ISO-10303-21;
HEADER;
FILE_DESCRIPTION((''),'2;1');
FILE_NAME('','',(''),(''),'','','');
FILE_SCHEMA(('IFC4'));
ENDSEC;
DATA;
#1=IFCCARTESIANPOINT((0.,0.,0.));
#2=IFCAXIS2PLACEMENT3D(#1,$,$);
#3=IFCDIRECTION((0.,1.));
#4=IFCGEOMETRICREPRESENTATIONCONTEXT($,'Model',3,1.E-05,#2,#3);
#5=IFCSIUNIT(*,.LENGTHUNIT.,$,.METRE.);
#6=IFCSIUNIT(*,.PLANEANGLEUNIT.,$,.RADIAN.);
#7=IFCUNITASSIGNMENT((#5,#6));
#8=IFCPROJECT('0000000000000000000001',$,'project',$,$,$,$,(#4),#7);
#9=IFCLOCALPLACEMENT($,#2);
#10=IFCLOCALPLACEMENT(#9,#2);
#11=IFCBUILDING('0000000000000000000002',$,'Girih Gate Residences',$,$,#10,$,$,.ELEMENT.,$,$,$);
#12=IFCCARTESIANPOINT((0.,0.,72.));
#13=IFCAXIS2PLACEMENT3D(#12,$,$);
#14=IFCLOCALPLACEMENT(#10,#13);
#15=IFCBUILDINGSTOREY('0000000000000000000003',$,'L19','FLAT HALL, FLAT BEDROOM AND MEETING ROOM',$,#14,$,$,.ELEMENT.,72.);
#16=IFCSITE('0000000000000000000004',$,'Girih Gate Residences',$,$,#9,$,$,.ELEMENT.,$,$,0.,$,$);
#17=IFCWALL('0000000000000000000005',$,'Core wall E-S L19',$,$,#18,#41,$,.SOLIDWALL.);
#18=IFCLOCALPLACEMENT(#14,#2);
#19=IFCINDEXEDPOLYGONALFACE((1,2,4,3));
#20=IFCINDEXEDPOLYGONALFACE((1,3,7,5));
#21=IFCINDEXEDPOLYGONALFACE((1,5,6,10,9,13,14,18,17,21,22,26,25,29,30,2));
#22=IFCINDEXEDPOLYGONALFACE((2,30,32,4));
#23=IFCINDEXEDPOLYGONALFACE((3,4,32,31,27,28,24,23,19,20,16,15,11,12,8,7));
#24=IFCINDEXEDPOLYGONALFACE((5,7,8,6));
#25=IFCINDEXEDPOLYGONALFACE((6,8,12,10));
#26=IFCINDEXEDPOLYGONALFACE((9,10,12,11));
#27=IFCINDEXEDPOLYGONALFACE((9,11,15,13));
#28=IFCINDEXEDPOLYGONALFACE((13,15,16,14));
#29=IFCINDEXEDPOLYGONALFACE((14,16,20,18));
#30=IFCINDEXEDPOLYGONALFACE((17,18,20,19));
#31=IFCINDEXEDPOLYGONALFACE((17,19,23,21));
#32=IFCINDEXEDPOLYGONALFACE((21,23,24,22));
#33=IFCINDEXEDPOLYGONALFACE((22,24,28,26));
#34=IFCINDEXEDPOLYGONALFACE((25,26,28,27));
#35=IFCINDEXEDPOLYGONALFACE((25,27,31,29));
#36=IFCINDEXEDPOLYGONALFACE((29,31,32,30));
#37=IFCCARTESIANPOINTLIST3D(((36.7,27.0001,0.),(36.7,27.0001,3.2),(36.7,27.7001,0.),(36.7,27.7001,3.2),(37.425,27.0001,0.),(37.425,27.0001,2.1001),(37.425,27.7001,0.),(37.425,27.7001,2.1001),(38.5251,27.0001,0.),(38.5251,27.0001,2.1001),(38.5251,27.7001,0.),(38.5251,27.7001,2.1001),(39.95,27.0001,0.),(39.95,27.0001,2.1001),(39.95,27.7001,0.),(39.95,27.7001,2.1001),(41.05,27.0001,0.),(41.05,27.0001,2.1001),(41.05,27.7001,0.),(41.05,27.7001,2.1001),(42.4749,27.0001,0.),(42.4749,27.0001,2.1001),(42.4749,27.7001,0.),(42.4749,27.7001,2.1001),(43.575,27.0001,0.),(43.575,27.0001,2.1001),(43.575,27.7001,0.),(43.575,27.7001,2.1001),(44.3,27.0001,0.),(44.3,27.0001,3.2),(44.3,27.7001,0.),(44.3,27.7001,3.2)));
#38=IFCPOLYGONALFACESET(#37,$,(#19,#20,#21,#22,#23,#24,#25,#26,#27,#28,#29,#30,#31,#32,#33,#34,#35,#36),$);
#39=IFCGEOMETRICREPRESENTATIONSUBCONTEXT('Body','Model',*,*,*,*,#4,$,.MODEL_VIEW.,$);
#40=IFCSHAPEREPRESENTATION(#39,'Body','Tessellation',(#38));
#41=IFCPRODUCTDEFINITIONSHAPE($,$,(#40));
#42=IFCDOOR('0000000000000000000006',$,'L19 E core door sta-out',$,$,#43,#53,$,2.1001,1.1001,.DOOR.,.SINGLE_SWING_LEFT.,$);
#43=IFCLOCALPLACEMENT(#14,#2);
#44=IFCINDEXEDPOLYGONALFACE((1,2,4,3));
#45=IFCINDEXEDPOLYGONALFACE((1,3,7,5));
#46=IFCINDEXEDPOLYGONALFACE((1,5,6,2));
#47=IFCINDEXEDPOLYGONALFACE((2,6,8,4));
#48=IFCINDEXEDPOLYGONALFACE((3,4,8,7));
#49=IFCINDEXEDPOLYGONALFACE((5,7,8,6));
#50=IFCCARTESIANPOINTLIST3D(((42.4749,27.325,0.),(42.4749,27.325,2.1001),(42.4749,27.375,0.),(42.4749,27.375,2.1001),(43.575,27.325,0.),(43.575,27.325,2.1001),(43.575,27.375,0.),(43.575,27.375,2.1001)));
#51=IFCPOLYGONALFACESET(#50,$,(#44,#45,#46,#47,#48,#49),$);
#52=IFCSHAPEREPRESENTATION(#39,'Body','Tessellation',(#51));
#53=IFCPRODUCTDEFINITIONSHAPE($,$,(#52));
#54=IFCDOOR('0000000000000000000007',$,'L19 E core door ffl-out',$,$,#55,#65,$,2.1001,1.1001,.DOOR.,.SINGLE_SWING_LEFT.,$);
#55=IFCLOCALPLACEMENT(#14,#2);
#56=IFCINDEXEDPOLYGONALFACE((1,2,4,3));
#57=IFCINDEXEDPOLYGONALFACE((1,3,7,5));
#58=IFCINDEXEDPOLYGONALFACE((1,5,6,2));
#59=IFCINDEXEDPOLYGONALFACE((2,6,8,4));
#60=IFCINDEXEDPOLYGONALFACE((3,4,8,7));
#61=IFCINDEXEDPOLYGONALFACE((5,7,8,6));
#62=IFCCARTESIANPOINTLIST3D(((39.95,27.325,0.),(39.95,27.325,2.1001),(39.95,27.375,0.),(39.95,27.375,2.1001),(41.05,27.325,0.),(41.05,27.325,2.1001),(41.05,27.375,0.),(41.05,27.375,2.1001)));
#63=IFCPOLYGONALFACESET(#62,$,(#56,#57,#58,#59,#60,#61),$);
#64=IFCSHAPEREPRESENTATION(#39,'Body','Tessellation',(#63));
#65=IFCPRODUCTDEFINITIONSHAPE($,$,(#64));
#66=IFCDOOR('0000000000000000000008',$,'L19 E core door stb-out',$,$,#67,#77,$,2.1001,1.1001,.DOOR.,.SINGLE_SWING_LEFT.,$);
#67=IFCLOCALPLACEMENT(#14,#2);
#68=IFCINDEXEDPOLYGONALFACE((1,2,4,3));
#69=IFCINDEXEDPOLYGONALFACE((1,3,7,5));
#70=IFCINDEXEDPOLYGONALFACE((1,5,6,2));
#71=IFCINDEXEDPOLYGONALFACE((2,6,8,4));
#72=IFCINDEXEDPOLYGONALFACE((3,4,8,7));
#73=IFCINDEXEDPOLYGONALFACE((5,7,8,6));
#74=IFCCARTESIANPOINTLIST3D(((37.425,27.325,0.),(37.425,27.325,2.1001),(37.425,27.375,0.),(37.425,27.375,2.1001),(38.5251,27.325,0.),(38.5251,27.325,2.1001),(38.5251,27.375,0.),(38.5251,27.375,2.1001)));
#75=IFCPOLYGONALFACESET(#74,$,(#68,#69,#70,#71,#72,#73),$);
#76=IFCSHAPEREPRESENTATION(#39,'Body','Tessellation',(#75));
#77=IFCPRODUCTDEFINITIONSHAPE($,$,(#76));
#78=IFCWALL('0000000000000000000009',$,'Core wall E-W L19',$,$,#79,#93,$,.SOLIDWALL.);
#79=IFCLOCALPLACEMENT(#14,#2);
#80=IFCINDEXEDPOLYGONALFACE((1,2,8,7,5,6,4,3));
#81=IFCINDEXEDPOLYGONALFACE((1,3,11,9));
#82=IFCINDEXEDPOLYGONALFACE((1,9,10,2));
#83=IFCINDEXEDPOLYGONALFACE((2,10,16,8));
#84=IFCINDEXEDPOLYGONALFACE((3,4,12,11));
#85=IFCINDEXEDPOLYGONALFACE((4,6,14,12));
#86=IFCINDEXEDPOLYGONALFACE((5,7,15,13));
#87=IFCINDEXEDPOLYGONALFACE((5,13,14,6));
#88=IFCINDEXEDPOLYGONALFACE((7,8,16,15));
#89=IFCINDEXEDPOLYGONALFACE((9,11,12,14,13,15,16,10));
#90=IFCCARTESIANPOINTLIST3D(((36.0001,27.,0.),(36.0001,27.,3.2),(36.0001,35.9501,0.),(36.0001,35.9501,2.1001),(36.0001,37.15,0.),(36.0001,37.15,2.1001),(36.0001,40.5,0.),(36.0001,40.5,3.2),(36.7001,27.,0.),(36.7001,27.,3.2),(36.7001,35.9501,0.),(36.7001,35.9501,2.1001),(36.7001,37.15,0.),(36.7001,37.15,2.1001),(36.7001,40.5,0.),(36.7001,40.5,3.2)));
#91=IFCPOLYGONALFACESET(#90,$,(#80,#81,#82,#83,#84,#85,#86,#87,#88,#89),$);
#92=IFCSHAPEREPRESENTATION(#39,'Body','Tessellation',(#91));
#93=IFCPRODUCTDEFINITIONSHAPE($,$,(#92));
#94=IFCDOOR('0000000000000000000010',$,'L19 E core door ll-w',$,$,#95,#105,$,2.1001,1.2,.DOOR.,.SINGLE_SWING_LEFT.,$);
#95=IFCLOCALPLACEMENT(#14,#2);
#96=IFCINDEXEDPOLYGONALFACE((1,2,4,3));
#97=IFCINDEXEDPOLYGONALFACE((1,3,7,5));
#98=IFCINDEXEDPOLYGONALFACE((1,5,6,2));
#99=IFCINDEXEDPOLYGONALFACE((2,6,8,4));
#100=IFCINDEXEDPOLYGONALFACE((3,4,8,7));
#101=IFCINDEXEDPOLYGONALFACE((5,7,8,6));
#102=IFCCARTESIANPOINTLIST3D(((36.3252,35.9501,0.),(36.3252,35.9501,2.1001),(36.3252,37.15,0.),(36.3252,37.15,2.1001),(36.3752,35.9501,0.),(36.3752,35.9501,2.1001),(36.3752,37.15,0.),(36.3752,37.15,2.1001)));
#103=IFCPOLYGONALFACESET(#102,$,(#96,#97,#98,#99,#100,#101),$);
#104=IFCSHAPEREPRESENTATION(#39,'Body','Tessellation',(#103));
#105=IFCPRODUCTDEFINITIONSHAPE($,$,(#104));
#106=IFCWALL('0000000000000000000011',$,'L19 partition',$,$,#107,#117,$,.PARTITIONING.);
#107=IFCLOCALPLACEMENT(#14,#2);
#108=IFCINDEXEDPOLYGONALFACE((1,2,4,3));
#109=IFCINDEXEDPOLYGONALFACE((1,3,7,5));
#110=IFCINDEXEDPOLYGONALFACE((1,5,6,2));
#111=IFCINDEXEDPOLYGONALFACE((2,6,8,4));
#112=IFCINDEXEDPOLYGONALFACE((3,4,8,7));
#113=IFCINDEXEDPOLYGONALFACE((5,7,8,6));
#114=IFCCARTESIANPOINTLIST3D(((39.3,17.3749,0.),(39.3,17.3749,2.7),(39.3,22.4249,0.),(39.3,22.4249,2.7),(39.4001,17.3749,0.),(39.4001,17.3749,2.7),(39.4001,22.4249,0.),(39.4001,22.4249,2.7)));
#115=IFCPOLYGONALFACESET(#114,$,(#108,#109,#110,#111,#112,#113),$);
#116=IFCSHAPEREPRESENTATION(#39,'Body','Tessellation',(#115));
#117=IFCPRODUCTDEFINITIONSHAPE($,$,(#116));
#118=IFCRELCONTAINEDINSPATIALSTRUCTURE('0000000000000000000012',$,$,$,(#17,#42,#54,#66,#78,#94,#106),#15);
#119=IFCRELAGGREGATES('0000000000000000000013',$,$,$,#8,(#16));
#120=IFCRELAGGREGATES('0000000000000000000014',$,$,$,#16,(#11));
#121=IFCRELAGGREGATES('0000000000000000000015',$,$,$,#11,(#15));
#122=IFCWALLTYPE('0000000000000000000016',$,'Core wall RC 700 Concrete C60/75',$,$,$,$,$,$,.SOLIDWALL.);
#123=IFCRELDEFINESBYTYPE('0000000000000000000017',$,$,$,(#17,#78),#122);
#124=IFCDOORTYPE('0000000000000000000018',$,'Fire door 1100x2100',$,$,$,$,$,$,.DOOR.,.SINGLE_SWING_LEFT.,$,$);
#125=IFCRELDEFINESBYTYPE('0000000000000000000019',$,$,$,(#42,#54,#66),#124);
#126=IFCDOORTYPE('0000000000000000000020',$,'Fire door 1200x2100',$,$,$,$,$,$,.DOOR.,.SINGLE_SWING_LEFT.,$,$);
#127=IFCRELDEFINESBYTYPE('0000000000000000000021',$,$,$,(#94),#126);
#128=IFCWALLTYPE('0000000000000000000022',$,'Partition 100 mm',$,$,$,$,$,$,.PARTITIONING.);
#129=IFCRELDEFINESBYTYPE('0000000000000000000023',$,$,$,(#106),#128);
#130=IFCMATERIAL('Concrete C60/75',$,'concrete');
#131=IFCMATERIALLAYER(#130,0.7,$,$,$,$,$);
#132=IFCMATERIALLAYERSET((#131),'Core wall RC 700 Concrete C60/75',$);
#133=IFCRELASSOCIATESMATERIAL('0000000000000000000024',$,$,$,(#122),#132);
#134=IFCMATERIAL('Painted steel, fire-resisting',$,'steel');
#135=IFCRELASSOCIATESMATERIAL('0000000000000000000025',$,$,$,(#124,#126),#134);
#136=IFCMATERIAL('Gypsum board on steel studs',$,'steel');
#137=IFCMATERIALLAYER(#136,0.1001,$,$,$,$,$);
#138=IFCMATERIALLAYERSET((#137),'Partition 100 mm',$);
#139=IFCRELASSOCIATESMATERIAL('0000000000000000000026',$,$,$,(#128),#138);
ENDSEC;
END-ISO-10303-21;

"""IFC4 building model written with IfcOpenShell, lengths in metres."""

from ifc_helpers import new_model, si_unit, direction, frame, frame_2d, origin, place, context, subcontext, project, spatial, rectangle, extrude, material, layer, layer_set, type_object, element, fill, save


model = new_model("IFC4")

# Units and contexts
model_context = context("Model", 3, precision=1e-05, world=origin(), true_north=direction((0.0, 1.0)))
body_context = subcontext(model_context, "Body", "Model", "MODEL_VIEW")
ifc_project = project(units=[si_unit("LENGTHUNIT", "METRE"), si_unit("PLANEANGLEUNIT", "RADIAN")], contexts=[model_context])

# Site, building, storey
site_placement = place(None, origin())
site = spatial("IfcSite", under=ifc_project, at=site_placement, Name="Girih Gate Residences", CompositionType="ELEMENT", RefElevation=0.0)
building_placement = place(site_placement, origin())
building = spatial("IfcBuilding", under=site, at=building_placement, Name="Girih Gate Residences", CompositionType="ELEMENT")
storey_placement = place(building_placement, frame((0.0, 0.0, 72.0)))
storey = spatial("IfcBuildingStorey", under=building, at=storey_placement, Name="L19", Description="FLAT HALL, FLAT BEDROOM AND MEETING ROOM", CompositionType="ELEMENT", Elevation=72.0)

# Shared definitions
ifc_material_1 = material(Name="Concrete C60/75", Category="concrete")

# Shared definitions
ifc_material_2 = material(Name="Gypsum board on steel studs", Category="steel")

# Wall, openings, doors
ifc_layer_1 = layer(ifc_material_1, 0.7)
ifc_layer_set_1 = layer_set([ifc_layer_1], Name="Core wall RC 700 Concrete C60/75")
wall_type_1 = type_object("IfcWallType", Name="Core wall RC 700 Concrete C60/75", PredefinedType="SOLIDWALL", material=ifc_layer_set_1)
wall_1_placement = place(storey_placement, frame((36.7, 27.3501, 0.0), z_axis=(0.0, 0.0, 1.0), x_axis=(1.0, 0.0, 0.0)))
wall_1 = element("IfcWall", 1, at=wall_1_placement, inside=storey, type_object=wall_type_1, Name="Core wall E-S L19", PredefinedType="SOLIDWALL", context=body_context, shape_type="SweptSolid", body=[
    extrude(rectangle(XDim=7.6001, YDim=0.7, at=frame_2d((3.8, 0.0))), origin(), (0.0, 0.0, 1.0), 3.2),
])
opening_1_placement = place(wall_1_placement, frame((5.7749, 0.0, 0.0)))
opening_1 = element("IfcOpeningElement", 2, at=opening_1_placement, cuts=wall_1, PredefinedType="OPENING", context=body_context, shape_type="SweptSolid", body=[
    extrude(rectangle(XDim=1.1001, YDim=2.1001, at=frame_2d((0.55, 1.05))), frame((0.0, 0.3599, 0.0), z_axis=(0.0, -1.0, 0.0), x_axis=(1.0, 0.0, 0.0)), (0.0, 0.0, 1.0), 0.72),
])
opening_2_placement = place(wall_1_placement, frame((3.25, 0.0, 0.0)))
opening_2 = element("IfcOpeningElement", 3, at=opening_2_placement, cuts=wall_1, PredefinedType="OPENING", context=body_context, shape_type="SweptSolid", body=[
    extrude(rectangle(XDim=1.1001, YDim=2.1001, at=frame_2d((0.55, 1.05))), frame((0.0, 0.3599, 0.0), z_axis=(0.0, -1.0, 0.0), x_axis=(1.0, 0.0, 0.0)), (0.0, 0.0, 1.0), 0.72),
])
opening_3_placement = place(wall_1_placement, frame((0.7251, 0.0, 0.0)))
opening_3 = element("IfcOpeningElement", 4, at=opening_3_placement, cuts=wall_1, PredefinedType="OPENING", context=body_context, shape_type="SweptSolid", body=[
    extrude(rectangle(XDim=1.1001, YDim=2.1001, at=frame_2d((0.55, 1.05))), frame((0.0, 0.3599, 0.0), z_axis=(0.0, -1.0, 0.0), x_axis=(1.0, 0.0, 0.0)), (0.0, 0.0, 1.0), 0.72),
])
ifc_material_3 = material(Name="Painted steel, fire-resisting", Category="steel")
door_type_1 = type_object("IfcDoorType", Name="Fire door 1100x2100", OperationType="SINGLE_SWING_LEFT", PredefinedType="DOOR", material=ifc_material_3)
door_1_placement = place(opening_1_placement, origin())
door_1 = element("IfcDoor", 5, at=door_1_placement, inside=storey, type_object=door_type_1, Name="L19 E core door sta-out", OperationType="SINGLE_SWING_LEFT", OverallHeight=2.1001, OverallWidth=1.1001, PredefinedType="DOOR", context=body_context, shape_type="SweptSolid", body=[
    extrude(rectangle(XDim=1.1001, YDim=2.1001, at=frame_2d((0.55, 1.05))), frame((0.0, 0.0249, 0.0), z_axis=(0.0, -1.0, 0.0), x_axis=(1.0, 0.0, 0.0)), (0.0, 0.0, 1.0), 0.05),
])
fill(opening_1, door_1)
door_2_placement = place(opening_2_placement, origin())
door_2 = element("IfcDoor", 6, at=door_2_placement, inside=storey, type_object=door_type_1, Name="L19 E core door ffl-out", OperationType="SINGLE_SWING_LEFT", OverallHeight=2.1001, OverallWidth=1.1001, PredefinedType="DOOR", context=body_context, shape_type="SweptSolid", body=[
    extrude(rectangle(XDim=1.1001, YDim=2.1001, at=frame_2d((0.55, 1.05))), frame((0.0, 0.0249, 0.0), z_axis=(0.0, -1.0, 0.0), x_axis=(1.0, 0.0, 0.0)), (0.0, 0.0, 1.0), 0.05),
])
fill(opening_2, door_2)
door_3_placement = place(opening_3_placement, origin())
door_3 = element("IfcDoor", 7, at=door_3_placement, inside=storey, type_object=door_type_1, Name="L19 E core door stb-out", OperationType="SINGLE_SWING_LEFT", OverallHeight=2.1001, OverallWidth=1.1001, PredefinedType="DOOR", context=body_context, shape_type="SweptSolid", body=[
    extrude(rectangle(XDim=1.1001, YDim=2.1001, at=frame_2d((0.55, 1.05))), frame((0.0, 0.0249, 0.0), z_axis=(0.0, -1.0, 0.0), x_axis=(1.0, 0.0, 0.0)), (0.0, 0.0, 1.0), 0.05),
])
fill(opening_3, door_3)

# Wall, opening, door
wall_2_placement = place(storey_placement, frame((36.3501, 27.0, 0.0), z_axis=(0.0, 0.0, 1.0), x_axis=(0.0, 1.0, 0.0)))
wall_2 = element("IfcWall", 8, at=wall_2_placement, inside=storey, type_object=wall_type_1, Name="Core wall E-W L19", PredefinedType="SOLIDWALL", context=body_context, shape_type="SweptSolid", body=[
    extrude(rectangle(XDim=13.5, YDim=0.7, at=frame_2d((6.75, 0.0))), origin(), (0.0, 0.0, 1.0), 3.2),
])
opening_4_placement = place(wall_2_placement, frame((8.95, 0.0, 0.0)))
opening_4 = element("IfcOpeningElement", 9, at=opening_4_placement, cuts=wall_2, PredefinedType="OPENING", context=body_context, shape_type="SweptSolid", body=[
    extrude(rectangle(XDim=1.2, YDim=2.1001, at=frame_2d((0.6001, 1.05))), frame((0.0, 0.3599, 0.0), z_axis=(0.0, -1.0, 0.0), x_axis=(1.0, 0.0, 0.0)), (0.0, 0.0, 1.0), 0.72),
])
door_type_2 = type_object("IfcDoorType", Name="Fire door 1200x2100", OperationType="SINGLE_SWING_LEFT", PredefinedType="DOOR", material=ifc_material_3)
door_4_placement = place(opening_4_placement, origin())
door_4 = element("IfcDoor", 10, at=door_4_placement, inside=storey, type_object=door_type_2, Name="L19 E core door ll-w", OperationType="SINGLE_SWING_LEFT", OverallHeight=2.1001, OverallWidth=1.2, PredefinedType="DOOR", context=body_context, shape_type="SweptSolid", body=[
    extrude(rectangle(XDim=1.2, YDim=2.1001, at=frame_2d((0.6001, 1.05))), frame((0.0, 0.0249, 0.0), z_axis=(0.0, -1.0, 0.0), x_axis=(1.0, 0.0, 0.0)), (0.0, 0.0, 1.0), 0.05),
])
fill(opening_4, door_4)

# Wall
ifc_layer_2 = layer(ifc_material_2, 0.1001)
ifc_layer_set_2 = layer_set([ifc_layer_2], Name="Partition 100 mm")
wall_type_2 = type_object("IfcWallType", Name="Partition 100 mm", PredefinedType="PARTITIONING", material=ifc_layer_set_2)
wall_3_placement = place(storey_placement, frame((39.3501, 17.375, 0.0), z_axis=(0.0, 0.0, 1.0), x_axis=(0.0, 1.0, 0.0)))
element("IfcWall", 11, at=wall_3_placement, inside=storey, type_object=wall_type_2, Name="L19 partition", PredefinedType="PARTITIONING", context=body_context, shape_type="SweptSolid", body=[
    extrude(rectangle(XDim=5.05, YDim=0.1001, at=frame_2d((2.5249, 0.0))), origin(), (0.0, 0.0, 1.0), 2.7),
])

save(model, "model.ifc")
